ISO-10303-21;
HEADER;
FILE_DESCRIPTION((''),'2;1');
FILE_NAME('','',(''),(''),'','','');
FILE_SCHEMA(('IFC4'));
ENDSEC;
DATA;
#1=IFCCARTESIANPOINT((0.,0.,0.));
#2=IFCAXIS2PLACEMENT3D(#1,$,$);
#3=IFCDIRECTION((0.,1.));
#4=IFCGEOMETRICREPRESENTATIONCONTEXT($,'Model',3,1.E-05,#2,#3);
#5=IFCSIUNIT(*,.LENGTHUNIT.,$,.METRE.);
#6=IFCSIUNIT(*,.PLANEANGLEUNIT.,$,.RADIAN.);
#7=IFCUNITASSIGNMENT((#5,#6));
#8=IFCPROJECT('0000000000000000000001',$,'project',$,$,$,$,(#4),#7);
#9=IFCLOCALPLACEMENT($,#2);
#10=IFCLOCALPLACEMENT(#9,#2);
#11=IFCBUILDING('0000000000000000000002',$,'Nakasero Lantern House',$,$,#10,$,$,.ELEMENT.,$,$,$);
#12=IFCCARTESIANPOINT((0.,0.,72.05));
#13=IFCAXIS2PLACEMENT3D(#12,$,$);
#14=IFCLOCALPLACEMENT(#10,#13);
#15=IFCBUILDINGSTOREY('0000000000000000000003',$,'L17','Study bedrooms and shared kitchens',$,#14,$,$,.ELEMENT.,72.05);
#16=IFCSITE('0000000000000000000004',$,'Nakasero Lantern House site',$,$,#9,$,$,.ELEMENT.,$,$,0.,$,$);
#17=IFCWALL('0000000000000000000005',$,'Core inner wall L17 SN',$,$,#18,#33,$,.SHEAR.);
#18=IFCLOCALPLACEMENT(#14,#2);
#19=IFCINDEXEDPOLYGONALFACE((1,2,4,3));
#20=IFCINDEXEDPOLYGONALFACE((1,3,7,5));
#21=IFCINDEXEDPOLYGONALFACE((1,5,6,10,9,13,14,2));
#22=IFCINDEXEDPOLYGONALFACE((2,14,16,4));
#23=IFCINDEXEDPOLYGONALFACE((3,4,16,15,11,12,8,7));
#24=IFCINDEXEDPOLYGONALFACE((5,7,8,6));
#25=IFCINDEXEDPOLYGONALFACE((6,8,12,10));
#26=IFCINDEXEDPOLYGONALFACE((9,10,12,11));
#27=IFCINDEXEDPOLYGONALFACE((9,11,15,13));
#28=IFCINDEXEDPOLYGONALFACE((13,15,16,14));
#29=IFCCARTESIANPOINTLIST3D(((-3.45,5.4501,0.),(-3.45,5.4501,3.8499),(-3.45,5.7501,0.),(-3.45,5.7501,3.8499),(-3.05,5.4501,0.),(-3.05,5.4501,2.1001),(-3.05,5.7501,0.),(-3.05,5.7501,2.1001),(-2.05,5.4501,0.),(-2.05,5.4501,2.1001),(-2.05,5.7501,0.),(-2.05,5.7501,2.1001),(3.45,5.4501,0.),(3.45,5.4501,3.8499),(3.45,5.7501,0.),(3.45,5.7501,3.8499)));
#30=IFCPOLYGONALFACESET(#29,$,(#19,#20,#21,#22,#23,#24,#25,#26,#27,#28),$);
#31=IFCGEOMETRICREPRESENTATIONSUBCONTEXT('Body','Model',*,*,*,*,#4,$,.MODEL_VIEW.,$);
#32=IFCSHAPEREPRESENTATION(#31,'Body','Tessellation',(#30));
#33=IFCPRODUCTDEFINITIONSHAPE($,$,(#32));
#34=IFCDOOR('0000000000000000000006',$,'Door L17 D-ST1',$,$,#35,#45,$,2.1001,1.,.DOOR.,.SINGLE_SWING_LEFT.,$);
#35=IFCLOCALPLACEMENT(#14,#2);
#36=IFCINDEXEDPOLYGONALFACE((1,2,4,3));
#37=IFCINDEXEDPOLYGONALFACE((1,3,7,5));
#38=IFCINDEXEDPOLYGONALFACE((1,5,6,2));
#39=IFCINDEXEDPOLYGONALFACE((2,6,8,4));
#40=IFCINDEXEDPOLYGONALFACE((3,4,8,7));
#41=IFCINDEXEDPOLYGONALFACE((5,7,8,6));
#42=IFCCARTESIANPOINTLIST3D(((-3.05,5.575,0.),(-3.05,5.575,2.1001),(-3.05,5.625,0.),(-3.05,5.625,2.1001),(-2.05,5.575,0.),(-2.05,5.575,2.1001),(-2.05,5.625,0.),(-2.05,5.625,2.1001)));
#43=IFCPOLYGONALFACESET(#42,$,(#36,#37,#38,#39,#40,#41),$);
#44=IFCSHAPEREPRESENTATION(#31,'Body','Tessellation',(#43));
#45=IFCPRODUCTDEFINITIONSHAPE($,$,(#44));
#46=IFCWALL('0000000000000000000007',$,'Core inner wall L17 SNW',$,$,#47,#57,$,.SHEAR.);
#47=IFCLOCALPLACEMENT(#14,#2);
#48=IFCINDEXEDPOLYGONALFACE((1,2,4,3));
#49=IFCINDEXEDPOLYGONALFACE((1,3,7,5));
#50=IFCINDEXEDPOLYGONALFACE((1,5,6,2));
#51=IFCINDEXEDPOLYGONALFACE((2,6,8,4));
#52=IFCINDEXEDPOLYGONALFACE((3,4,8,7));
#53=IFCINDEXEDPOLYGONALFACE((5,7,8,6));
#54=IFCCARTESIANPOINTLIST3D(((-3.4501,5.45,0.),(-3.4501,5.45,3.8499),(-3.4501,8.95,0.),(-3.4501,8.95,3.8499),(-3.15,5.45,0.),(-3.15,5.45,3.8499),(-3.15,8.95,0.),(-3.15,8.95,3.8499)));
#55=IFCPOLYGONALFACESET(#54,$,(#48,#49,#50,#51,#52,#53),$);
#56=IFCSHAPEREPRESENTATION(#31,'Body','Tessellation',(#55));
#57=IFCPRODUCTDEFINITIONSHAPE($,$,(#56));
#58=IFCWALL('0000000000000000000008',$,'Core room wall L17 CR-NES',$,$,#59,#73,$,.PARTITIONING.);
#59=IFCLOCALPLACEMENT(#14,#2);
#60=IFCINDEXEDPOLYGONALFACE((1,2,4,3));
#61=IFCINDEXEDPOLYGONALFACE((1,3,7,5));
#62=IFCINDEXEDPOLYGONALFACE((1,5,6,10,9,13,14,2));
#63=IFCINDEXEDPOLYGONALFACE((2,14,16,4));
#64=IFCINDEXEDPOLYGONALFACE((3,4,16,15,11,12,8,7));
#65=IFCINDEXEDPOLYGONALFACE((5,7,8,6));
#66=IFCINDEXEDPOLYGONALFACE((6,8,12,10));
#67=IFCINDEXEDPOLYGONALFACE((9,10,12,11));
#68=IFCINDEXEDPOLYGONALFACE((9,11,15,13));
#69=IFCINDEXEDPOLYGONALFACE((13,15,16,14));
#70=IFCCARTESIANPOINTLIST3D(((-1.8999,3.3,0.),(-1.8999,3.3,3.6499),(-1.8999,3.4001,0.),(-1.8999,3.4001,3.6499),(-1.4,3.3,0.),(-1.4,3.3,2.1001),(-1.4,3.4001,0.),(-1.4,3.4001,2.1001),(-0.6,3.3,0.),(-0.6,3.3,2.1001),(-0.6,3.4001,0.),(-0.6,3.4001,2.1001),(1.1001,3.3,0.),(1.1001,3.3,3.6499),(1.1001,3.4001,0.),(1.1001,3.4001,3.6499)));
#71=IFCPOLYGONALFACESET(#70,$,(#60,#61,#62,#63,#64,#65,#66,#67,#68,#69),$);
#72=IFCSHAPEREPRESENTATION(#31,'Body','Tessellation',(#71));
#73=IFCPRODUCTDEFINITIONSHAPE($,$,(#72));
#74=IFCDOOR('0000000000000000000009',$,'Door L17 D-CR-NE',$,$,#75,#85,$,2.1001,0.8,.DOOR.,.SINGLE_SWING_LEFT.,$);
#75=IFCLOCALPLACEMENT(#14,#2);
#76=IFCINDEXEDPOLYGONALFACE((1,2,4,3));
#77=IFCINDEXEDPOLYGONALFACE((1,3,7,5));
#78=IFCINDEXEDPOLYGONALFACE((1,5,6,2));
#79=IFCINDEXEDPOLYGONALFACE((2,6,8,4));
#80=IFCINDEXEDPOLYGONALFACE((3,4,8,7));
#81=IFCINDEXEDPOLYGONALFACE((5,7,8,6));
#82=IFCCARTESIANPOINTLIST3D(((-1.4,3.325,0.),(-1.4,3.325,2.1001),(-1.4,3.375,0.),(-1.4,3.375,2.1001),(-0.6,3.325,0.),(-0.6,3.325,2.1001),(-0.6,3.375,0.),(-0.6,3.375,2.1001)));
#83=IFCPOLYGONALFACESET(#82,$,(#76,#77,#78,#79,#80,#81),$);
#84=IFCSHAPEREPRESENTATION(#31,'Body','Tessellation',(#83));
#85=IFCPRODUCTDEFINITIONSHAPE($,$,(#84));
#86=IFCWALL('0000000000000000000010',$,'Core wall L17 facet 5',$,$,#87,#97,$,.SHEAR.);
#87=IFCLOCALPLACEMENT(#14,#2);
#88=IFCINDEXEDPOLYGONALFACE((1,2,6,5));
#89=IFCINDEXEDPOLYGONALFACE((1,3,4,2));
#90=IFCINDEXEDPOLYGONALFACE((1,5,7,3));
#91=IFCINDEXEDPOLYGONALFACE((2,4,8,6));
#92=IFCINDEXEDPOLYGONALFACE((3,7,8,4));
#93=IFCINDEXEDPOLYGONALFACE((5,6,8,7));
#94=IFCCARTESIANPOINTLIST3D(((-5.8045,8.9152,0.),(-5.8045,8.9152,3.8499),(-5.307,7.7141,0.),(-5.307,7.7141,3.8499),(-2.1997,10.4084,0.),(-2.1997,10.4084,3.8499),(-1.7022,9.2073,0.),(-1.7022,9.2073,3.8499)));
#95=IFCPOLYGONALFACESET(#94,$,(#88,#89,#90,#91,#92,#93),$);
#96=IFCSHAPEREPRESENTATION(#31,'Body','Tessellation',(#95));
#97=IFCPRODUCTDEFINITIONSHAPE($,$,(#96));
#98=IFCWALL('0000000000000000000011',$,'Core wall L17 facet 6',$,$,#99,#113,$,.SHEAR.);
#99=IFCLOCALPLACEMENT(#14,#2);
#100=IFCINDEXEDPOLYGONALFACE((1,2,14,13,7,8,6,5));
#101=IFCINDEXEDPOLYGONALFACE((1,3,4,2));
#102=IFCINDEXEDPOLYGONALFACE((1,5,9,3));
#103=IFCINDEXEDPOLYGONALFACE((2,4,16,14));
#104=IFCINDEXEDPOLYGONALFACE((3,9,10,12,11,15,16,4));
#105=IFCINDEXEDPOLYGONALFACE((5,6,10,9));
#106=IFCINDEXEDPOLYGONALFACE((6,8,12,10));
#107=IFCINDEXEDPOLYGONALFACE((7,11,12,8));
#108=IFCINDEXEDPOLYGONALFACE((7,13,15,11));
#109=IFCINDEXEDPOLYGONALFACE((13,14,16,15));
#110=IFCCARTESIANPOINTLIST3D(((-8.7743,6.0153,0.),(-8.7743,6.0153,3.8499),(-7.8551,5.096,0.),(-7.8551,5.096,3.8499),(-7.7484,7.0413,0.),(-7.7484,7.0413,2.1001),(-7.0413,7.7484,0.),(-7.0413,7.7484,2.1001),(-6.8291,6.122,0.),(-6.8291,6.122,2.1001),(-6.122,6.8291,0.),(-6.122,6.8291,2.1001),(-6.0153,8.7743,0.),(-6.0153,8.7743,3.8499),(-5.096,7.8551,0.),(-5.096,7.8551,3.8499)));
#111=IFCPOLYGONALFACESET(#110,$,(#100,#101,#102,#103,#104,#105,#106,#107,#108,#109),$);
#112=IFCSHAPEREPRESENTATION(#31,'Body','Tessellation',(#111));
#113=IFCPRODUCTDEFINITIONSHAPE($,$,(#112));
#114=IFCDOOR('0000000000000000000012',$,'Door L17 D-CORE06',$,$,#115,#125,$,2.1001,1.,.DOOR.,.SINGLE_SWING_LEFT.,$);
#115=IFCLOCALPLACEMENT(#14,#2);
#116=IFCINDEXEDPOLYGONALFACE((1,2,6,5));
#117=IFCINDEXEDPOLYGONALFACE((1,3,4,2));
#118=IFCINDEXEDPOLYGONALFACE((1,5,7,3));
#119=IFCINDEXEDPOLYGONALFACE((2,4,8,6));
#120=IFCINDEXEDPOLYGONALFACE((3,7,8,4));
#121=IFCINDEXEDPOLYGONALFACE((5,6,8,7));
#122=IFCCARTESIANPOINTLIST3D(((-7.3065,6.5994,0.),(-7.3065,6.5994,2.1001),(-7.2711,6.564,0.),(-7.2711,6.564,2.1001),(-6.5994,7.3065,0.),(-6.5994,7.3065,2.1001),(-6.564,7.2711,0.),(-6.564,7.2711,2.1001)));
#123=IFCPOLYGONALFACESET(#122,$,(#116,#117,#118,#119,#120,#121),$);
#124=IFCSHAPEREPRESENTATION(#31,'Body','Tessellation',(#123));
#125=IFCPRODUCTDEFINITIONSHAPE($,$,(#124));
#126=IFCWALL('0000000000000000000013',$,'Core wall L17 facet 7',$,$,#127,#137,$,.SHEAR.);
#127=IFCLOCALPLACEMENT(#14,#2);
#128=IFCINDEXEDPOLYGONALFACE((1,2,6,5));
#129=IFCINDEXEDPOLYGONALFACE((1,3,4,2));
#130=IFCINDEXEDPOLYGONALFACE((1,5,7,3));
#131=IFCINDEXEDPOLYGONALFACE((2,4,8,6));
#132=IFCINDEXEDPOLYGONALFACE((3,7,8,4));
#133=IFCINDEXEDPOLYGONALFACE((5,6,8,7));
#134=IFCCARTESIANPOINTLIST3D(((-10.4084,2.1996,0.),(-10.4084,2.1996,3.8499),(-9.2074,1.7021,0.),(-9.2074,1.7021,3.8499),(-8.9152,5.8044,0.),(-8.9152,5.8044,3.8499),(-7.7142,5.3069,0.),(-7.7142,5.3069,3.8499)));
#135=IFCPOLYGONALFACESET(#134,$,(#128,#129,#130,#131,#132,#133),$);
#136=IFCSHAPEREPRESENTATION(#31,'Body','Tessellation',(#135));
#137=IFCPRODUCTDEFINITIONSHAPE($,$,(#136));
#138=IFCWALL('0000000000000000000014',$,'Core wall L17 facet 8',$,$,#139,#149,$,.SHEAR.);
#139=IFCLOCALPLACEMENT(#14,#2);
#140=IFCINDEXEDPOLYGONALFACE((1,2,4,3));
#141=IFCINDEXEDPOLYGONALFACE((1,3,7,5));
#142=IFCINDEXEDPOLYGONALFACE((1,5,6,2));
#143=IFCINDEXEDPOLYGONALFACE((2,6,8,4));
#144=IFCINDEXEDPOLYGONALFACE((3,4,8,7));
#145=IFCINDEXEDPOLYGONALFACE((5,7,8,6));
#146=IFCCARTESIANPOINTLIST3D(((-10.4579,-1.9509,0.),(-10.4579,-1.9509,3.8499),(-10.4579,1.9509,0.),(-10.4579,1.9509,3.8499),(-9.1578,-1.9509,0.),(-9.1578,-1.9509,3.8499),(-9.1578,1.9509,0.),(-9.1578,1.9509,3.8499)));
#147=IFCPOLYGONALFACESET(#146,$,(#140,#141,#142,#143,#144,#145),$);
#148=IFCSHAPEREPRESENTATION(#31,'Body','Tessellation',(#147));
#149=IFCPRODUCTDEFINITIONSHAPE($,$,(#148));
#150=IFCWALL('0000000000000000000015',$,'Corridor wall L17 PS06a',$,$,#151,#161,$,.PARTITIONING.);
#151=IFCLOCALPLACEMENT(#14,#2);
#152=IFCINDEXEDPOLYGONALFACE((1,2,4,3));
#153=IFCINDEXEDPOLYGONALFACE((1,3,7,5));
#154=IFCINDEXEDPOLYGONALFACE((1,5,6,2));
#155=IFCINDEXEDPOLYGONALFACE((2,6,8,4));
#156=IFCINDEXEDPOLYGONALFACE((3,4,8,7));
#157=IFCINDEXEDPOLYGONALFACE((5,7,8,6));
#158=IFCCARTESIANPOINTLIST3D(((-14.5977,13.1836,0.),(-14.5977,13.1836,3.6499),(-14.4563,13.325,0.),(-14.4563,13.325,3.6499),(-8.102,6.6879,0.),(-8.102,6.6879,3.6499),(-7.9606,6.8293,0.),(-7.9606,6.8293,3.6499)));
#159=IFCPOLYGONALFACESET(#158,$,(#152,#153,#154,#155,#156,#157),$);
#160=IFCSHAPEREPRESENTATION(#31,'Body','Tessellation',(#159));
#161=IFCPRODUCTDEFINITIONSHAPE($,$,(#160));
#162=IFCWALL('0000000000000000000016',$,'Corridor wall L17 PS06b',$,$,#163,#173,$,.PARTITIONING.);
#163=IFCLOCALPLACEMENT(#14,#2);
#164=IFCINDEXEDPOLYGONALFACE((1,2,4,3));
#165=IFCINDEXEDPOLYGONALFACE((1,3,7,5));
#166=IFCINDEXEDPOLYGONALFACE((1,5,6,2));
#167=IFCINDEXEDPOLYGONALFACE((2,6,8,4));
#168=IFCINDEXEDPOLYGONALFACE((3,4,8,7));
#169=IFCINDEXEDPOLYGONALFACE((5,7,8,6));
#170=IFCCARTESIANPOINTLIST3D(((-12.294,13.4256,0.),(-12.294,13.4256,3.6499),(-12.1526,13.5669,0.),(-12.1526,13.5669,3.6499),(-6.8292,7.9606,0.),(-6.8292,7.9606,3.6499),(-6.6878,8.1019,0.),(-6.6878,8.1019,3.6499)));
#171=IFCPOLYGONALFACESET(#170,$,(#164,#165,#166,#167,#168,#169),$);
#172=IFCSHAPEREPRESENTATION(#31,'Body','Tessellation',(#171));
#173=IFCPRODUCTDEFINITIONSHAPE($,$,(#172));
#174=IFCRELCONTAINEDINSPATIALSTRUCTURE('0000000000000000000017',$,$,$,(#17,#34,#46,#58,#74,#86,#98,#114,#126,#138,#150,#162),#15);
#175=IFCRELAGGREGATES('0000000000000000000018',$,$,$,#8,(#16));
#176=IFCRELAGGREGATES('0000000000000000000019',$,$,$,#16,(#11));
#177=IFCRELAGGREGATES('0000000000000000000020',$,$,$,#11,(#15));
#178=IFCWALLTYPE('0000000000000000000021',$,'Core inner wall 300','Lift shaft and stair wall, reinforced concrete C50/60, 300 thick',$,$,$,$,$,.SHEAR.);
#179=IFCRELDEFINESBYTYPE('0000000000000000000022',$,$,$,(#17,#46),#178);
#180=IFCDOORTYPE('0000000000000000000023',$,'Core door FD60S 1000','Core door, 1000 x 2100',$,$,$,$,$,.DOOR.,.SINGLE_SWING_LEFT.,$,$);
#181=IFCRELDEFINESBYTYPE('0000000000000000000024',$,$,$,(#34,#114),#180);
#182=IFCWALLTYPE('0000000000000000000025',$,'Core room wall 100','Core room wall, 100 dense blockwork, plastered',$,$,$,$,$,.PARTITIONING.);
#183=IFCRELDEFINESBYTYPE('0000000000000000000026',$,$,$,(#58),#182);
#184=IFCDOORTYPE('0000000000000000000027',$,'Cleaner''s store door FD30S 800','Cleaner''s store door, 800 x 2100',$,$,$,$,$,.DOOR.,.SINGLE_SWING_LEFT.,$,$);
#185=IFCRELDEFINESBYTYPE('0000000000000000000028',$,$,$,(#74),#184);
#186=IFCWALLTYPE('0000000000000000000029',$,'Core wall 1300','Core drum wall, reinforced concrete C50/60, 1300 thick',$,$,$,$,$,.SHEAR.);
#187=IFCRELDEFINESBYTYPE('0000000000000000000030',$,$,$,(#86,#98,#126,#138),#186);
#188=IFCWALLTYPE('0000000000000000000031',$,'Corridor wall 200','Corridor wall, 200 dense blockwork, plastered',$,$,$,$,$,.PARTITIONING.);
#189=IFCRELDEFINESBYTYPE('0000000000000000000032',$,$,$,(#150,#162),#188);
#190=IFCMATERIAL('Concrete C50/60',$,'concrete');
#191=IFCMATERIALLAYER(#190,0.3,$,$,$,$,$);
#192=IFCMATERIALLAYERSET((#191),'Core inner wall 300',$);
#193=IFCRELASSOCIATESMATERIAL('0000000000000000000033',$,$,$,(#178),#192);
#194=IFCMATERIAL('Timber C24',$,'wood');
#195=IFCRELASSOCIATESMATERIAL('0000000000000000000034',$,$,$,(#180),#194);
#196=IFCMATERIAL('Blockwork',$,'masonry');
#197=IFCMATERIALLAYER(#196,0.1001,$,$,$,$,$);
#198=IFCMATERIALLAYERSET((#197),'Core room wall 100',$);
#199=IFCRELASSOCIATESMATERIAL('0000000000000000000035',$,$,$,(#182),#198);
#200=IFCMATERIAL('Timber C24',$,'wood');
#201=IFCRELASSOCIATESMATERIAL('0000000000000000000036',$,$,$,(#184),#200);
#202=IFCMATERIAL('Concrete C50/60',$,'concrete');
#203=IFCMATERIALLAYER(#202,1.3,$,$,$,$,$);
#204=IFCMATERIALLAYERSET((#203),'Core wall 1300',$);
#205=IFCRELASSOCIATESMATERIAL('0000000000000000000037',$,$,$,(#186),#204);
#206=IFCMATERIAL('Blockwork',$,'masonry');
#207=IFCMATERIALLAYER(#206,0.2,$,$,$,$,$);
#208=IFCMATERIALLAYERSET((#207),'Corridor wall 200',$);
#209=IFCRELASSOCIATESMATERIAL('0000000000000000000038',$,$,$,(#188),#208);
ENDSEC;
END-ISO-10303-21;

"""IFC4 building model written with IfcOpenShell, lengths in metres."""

from ifc_helpers import new_model, si_unit, direction, frame, frame_2d, origin, place, context, subcontext, project, spatial, rectangle, extrude, material, layer, layer_set, type_object, element, fill, save


model = new_model("IFC4")

# Units and contexts
model_context = context("Model", 3, precision=1e-05, world=origin(), true_north=direction((0.0, 1.0)))
body_context = subcontext(model_context, "Body", "Model", "MODEL_VIEW")
ifc_project = project(units=[si_unit("LENGTHUNIT", "METRE"), si_unit("PLANEANGLEUNIT", "RADIAN")], contexts=[model_context])

# Site, building, storey
site_placement = place(None, origin())
site = spatial("IfcSite", under=ifc_project, at=site_placement, Name="Nakasero Lantern House site", CompositionType="ELEMENT", RefElevation=0.0)
building_placement = place(site_placement, origin())
building = spatial("IfcBuilding", under=site, at=building_placement, Name="Nakasero Lantern House", CompositionType="ELEMENT")
storey_placement = place(building_placement, frame((0.0, 0.0, 72.05)))
storey = spatial("IfcBuildingStorey", under=building, at=storey_placement, Name="L17", Description="Study bedrooms and shared kitchens", CompositionType="ELEMENT", Elevation=72.05)

# Shared definitions
ifc_material_1 = material(Name="Concrete C50/60", Category="concrete")
ifc_layer_1 = layer(ifc_material_1, 0.3)
ifc_layer_set_1 = layer_set([ifc_layer_1], Name="Core inner wall 300")
wall_type_1 = type_object("IfcWallType", Name="Core inner wall 300", Description="Lift shaft and stair wall, reinforced concrete C50/60, 300 thick", PredefinedType="SHEAR", material=ifc_layer_set_1)

# Wall, opening, door
wall_1_placement = place(storey_placement, frame((-3.45, 5.6001, 0.0), z_axis=(0.0, 0.0, 1.0), x_axis=(1.0, 0.0, 0.0)))
wall_1 = element("IfcWall", 1, at=wall_1_placement, inside=storey, type_object=wall_type_1, Name="Core inner wall L17 SN", PredefinedType="SHEAR", context=body_context, shape_type="SweptSolid", body=[
    extrude(rectangle(XDim=6.8999, YDim=0.3, at=frame_2d((3.45, 0.0))), origin(), (0.0, 0.0, 1.0), 3.8499),
])
opening_1_placement = place(wall_1_placement, frame((0.3999, 0.0, 0.0)))
opening_1 = element("IfcOpeningElement", 2, at=opening_1_placement, cuts=wall_1, PredefinedType="OPENING", context=body_context, shape_type="SweptSolid", body=[
    extrude(rectangle(XDim=1.0, YDim=2.1001, at=frame_2d((0.5, 1.05))), frame((0.0, 0.1699, 0.0), z_axis=(0.0, -1.0, 0.0), x_axis=(1.0, 0.0, 0.0)), (0.0, 0.0, 1.0), 0.3401),
])
ifc_material_2 = material(Name="Timber C24", Category="wood")
door_type_1 = type_object("IfcDoorType", Name="Core door FD60S 1000", Description="Core door, 1000 x 2100", OperationType="SINGLE_SWING_LEFT", PredefinedType="DOOR", material=ifc_material_2)
door_1_placement = place(opening_1_placement, origin())
door_1 = element("IfcDoor", 3, at=door_1_placement, inside=storey, type_object=door_type_1, Name="Door L17 D-ST1", OperationType="SINGLE_SWING_LEFT", OverallHeight=2.1001, OverallWidth=1.0, PredefinedType="DOOR", context=body_context, shape_type="SweptSolid", body=[
    extrude(rectangle(XDim=1.0, YDim=2.1001, at=frame_2d((0.5, 1.05))), frame((0.0, 0.0249, 0.0), z_axis=(0.0, -1.0, 0.0), x_axis=(1.0, 0.0, 0.0)), (0.0, 0.0, 1.0), 0.05),
])
fill(opening_1, door_1)

# Wall
wall_2_placement = place(storey_placement, frame((-3.3, 5.45, 0.0), z_axis=(0.0, 0.0, 1.0), x_axis=(0.0, 1.0, 0.0)))
element("IfcWall", 4, at=wall_2_placement, inside=storey, type_object=wall_type_1, Name="Core inner wall L17 SNW", PredefinedType="SHEAR", context=body_context, shape_type="SweptSolid", body=[
    extrude(rectangle(XDim=3.5, YDim=0.3, at=frame_2d((1.75, 0.0))), origin(), (0.0, 0.0, 1.0), 3.8499),
])

# Wall, opening, door
ifc_material_3 = material(Name="Blockwork", Category="masonry")
ifc_layer_2 = layer(ifc_material_3, 0.1001)
ifc_layer_set_2 = layer_set([ifc_layer_2], Name="Core room wall 100")
wall_type_2 = type_object("IfcWallType", Name="Core room wall 100", Description="Core room wall, 100 dense blockwork, plastered", PredefinedType="PARTITIONING", material=ifc_layer_set_2)
wall_3_placement = place(storey_placement, frame((-1.8999, 3.3501, 0.0), z_axis=(0.0, 0.0, 1.0), x_axis=(1.0, 0.0, 0.0)))
wall_3 = element("IfcWall", 5, at=wall_3_placement, inside=storey, type_object=wall_type_2, Name="Core room wall L17 CR-NES", PredefinedType="PARTITIONING", context=body_context, shape_type="SweptSolid", body=[
    extrude(rectangle(XDim=3.0, YDim=0.1001, at=frame_2d((1.5, 0.0))), origin(), (0.0, 0.0, 1.0), 3.6499),
])
opening_2_placement = place(wall_3_placement, frame((0.5, 0.0, 0.0)))
opening_2 = element("IfcOpeningElement", 6, at=opening_2_placement, cuts=wall_3, PredefinedType="OPENING", context=body_context, shape_type="SweptSolid", body=[
    extrude(rectangle(XDim=0.8, YDim=2.1001, at=frame_2d((0.3999, 1.05))), frame((0.0, 0.0701, 0.0), z_axis=(0.0, -1.0, 0.0), x_axis=(1.0, 0.0, 0.0)), (0.0, 0.0, 1.0), 0.1401),
])
ifc_material_4 = material(Name="Timber C24", Category="wood")
door_type_2 = type_object("IfcDoorType", Name="Cleaner's store door FD30S 800", Description="Cleaner's store door, 800 x 2100", OperationType="SINGLE_SWING_LEFT", PredefinedType="DOOR", material=ifc_material_4)
door_2_placement = place(opening_2_placement, origin())
door_2 = element("IfcDoor", 7, at=door_2_placement, inside=storey, type_object=door_type_2, Name="Door L17 D-CR-NE", OperationType="SINGLE_SWING_LEFT", OverallHeight=2.1001, OverallWidth=0.8, PredefinedType="DOOR", context=body_context, shape_type="SweptSolid", body=[
    extrude(rectangle(XDim=0.8, YDim=2.1001, at=frame_2d((0.3999, 1.05))), frame((0.0, 0.0249, 0.0), z_axis=(0.0, -1.0, 0.0), x_axis=(1.0, 0.0, 0.0)), (0.0, 0.0, 1.0), 0.05),
])
fill(opening_2, door_2)

# Wall
ifc_material_5 = material(Name="Concrete C50/60", Category="concrete")
ifc_layer_3 = layer(ifc_material_5, 1.3)
ifc_layer_set_3 = layer_set([ifc_layer_3], Name="Core wall 1300")
wall_type_3 = type_object("IfcWallType", Name="Core wall 1300", Description="Core drum wall, reinforced concrete C50/60, 1300 thick", PredefinedType="SHEAR", material=ifc_layer_set_3)
wall_4_placement = place(storey_placement, frame((-1.9509, 9.8079, 0.0), z_axis=(0.0, 0.0, 1.0), x_axis=(-0.923877, -0.382691, 0.0)))
element("IfcWall", 8, at=wall_4_placement, inside=storey, type_object=wall_type_3, Name="Core wall L17 facet 5", PredefinedType="SHEAR", context=body_context, shape_type="SweptSolid", body=[
    extrude(rectangle(XDim=3.9019, YDim=1.3, at=frame_2d((1.9509, 0.0))), origin(), (0.0, 0.0, 1.0), 3.8499),
])

# Wall, opening, door
wall_5_placement = place(storey_placement, frame((-5.5557, 8.3147, 0.0), z_axis=(0.0, 0.0, 1.0), x_axis=(-0.707107, -0.707107, 0.0)))
wall_5 = element("IfcWall", 9, at=wall_5_placement, inside=storey, type_object=wall_type_3, Name="Core wall L17 facet 6", PredefinedType="SHEAR", context=body_context, shape_type="SweptSolid", body=[
    extrude(rectangle(XDim=3.9019, YDim=1.3, at=frame_2d((1.9509, 0.0))), origin(), (0.0, 0.0, 1.0), 3.8499),
])
opening_3_placement = place(wall_5_placement, frame((1.4509, 0.0, 0.0)))
opening_3 = element("IfcOpeningElement", 10, at=opening_3_placement, cuts=wall_5, PredefinedType="OPENING", context=body_context, shape_type="SweptSolid", body=[
    extrude(rectangle(XDim=1.0, YDim=2.1001, at=frame_2d((0.5, 1.05))), frame((0.0, 0.6699, 0.0), z_axis=(0.0, -1.0, 0.0), x_axis=(1.0, 0.0, 0.0)), (0.0, 0.0, 1.0), 1.3401),
])
door_3_placement = place(opening_3_placement, origin())
door_3 = element("IfcDoor", 11, at=door_3_placement, inside=storey, type_object=door_type_1, Name="Door L17 D-CORE06", OperationType="SINGLE_SWING_LEFT", OverallHeight=2.1001, OverallWidth=1.0, PredefinedType="DOOR", context=body_context, shape_type="SweptSolid", body=[
    extrude(rectangle(XDim=1.0, YDim=2.1001, at=frame_2d((0.5, 1.05))), frame((0.0, 0.0249, 0.0), z_axis=(0.0, -1.0, 0.0), x_axis=(1.0, 0.0, 0.0)), (0.0, 0.0, 1.0), 0.05),
])
fill(opening_3, door_3)

# Walls
for number, where, z_axis, x_axis, name in (
    (12, (-8.3147, 5.5557, 0.0), (0.0, 0.0, 1.0), (-0.382691, -0.923877, 0.0), "Core wall L17 facet 7"),
    (13, (-9.8079, 1.9509, 0.0), (0.0, 0.0, 1.0), (0.0, -1.0, 0.0), "Core wall L17 facet 8"),
):
    element("IfcWall", number, at=place(storey_placement, frame(where, z_axis=z_axis, x_axis=x_axis)), inside=storey, type_object=wall_type_3, Name=name, PredefinedType="SHEAR", context=body_context, shape_type="SweptSolid", body=[
        extrude(rectangle(XDim=3.9019, YDim=1.3, at=frame_2d((1.9509, 0.0))), origin(), (0.0, 0.0, 1.0), 3.8499),
    ])
ifc_material_6 = material(Name="Blockwork", Category="masonry")
ifc_layer_4 = layer(ifc_material_6, 0.2)
ifc_layer_set_4 = layer_set([ifc_layer_4], Name="Corridor wall 200")
wall_type_4 = type_object("IfcWallType", Name="Corridor wall 200", Description="Corridor wall, 200 dense blockwork, plastered", PredefinedType="PARTITIONING", material=ifc_layer_set_4)
wall_6_placement = place(storey_placement, frame((-8.0312, 6.7585, 0.0), z_axis=(0.0, 0.0, 1.0), x_axis=(-0.707107, 0.707107, 0.0)))
element("IfcWall", 14, at=wall_6_placement, inside=storey, type_object=wall_type_4, Name="Corridor wall L17 PS06a", PredefinedType="PARTITIONING", context=body_context, shape_type="SweptSolid", body=[
    extrude(rectangle(XDim=9.1863, YDim=0.2, at=frame_2d((4.5933, 0.0))), origin(), (0.0, 0.0, 1.0), 3.6499),
])
wall_7_placement = place(storey_placement, frame((-6.7585, 8.0312, 0.0), z_axis=(0.0, 0.0, 1.0), x_axis=(-0.707091, 0.707123, 0.0)))
element("IfcWall", 15, at=wall_7_placement, inside=storey, type_object=wall_type_4, Name="Corridor wall L17 PS06b", PredefinedType="PARTITIONING", context=body_context, shape_type="SweptSolid", body=[
    extrude(rectangle(XDim=7.7285, YDim=0.2, at=frame_2d((3.8643, 0.0))), origin(), (0.0, 0.0, 1.0), 3.6499),
])

save(model, "model.ifc")
